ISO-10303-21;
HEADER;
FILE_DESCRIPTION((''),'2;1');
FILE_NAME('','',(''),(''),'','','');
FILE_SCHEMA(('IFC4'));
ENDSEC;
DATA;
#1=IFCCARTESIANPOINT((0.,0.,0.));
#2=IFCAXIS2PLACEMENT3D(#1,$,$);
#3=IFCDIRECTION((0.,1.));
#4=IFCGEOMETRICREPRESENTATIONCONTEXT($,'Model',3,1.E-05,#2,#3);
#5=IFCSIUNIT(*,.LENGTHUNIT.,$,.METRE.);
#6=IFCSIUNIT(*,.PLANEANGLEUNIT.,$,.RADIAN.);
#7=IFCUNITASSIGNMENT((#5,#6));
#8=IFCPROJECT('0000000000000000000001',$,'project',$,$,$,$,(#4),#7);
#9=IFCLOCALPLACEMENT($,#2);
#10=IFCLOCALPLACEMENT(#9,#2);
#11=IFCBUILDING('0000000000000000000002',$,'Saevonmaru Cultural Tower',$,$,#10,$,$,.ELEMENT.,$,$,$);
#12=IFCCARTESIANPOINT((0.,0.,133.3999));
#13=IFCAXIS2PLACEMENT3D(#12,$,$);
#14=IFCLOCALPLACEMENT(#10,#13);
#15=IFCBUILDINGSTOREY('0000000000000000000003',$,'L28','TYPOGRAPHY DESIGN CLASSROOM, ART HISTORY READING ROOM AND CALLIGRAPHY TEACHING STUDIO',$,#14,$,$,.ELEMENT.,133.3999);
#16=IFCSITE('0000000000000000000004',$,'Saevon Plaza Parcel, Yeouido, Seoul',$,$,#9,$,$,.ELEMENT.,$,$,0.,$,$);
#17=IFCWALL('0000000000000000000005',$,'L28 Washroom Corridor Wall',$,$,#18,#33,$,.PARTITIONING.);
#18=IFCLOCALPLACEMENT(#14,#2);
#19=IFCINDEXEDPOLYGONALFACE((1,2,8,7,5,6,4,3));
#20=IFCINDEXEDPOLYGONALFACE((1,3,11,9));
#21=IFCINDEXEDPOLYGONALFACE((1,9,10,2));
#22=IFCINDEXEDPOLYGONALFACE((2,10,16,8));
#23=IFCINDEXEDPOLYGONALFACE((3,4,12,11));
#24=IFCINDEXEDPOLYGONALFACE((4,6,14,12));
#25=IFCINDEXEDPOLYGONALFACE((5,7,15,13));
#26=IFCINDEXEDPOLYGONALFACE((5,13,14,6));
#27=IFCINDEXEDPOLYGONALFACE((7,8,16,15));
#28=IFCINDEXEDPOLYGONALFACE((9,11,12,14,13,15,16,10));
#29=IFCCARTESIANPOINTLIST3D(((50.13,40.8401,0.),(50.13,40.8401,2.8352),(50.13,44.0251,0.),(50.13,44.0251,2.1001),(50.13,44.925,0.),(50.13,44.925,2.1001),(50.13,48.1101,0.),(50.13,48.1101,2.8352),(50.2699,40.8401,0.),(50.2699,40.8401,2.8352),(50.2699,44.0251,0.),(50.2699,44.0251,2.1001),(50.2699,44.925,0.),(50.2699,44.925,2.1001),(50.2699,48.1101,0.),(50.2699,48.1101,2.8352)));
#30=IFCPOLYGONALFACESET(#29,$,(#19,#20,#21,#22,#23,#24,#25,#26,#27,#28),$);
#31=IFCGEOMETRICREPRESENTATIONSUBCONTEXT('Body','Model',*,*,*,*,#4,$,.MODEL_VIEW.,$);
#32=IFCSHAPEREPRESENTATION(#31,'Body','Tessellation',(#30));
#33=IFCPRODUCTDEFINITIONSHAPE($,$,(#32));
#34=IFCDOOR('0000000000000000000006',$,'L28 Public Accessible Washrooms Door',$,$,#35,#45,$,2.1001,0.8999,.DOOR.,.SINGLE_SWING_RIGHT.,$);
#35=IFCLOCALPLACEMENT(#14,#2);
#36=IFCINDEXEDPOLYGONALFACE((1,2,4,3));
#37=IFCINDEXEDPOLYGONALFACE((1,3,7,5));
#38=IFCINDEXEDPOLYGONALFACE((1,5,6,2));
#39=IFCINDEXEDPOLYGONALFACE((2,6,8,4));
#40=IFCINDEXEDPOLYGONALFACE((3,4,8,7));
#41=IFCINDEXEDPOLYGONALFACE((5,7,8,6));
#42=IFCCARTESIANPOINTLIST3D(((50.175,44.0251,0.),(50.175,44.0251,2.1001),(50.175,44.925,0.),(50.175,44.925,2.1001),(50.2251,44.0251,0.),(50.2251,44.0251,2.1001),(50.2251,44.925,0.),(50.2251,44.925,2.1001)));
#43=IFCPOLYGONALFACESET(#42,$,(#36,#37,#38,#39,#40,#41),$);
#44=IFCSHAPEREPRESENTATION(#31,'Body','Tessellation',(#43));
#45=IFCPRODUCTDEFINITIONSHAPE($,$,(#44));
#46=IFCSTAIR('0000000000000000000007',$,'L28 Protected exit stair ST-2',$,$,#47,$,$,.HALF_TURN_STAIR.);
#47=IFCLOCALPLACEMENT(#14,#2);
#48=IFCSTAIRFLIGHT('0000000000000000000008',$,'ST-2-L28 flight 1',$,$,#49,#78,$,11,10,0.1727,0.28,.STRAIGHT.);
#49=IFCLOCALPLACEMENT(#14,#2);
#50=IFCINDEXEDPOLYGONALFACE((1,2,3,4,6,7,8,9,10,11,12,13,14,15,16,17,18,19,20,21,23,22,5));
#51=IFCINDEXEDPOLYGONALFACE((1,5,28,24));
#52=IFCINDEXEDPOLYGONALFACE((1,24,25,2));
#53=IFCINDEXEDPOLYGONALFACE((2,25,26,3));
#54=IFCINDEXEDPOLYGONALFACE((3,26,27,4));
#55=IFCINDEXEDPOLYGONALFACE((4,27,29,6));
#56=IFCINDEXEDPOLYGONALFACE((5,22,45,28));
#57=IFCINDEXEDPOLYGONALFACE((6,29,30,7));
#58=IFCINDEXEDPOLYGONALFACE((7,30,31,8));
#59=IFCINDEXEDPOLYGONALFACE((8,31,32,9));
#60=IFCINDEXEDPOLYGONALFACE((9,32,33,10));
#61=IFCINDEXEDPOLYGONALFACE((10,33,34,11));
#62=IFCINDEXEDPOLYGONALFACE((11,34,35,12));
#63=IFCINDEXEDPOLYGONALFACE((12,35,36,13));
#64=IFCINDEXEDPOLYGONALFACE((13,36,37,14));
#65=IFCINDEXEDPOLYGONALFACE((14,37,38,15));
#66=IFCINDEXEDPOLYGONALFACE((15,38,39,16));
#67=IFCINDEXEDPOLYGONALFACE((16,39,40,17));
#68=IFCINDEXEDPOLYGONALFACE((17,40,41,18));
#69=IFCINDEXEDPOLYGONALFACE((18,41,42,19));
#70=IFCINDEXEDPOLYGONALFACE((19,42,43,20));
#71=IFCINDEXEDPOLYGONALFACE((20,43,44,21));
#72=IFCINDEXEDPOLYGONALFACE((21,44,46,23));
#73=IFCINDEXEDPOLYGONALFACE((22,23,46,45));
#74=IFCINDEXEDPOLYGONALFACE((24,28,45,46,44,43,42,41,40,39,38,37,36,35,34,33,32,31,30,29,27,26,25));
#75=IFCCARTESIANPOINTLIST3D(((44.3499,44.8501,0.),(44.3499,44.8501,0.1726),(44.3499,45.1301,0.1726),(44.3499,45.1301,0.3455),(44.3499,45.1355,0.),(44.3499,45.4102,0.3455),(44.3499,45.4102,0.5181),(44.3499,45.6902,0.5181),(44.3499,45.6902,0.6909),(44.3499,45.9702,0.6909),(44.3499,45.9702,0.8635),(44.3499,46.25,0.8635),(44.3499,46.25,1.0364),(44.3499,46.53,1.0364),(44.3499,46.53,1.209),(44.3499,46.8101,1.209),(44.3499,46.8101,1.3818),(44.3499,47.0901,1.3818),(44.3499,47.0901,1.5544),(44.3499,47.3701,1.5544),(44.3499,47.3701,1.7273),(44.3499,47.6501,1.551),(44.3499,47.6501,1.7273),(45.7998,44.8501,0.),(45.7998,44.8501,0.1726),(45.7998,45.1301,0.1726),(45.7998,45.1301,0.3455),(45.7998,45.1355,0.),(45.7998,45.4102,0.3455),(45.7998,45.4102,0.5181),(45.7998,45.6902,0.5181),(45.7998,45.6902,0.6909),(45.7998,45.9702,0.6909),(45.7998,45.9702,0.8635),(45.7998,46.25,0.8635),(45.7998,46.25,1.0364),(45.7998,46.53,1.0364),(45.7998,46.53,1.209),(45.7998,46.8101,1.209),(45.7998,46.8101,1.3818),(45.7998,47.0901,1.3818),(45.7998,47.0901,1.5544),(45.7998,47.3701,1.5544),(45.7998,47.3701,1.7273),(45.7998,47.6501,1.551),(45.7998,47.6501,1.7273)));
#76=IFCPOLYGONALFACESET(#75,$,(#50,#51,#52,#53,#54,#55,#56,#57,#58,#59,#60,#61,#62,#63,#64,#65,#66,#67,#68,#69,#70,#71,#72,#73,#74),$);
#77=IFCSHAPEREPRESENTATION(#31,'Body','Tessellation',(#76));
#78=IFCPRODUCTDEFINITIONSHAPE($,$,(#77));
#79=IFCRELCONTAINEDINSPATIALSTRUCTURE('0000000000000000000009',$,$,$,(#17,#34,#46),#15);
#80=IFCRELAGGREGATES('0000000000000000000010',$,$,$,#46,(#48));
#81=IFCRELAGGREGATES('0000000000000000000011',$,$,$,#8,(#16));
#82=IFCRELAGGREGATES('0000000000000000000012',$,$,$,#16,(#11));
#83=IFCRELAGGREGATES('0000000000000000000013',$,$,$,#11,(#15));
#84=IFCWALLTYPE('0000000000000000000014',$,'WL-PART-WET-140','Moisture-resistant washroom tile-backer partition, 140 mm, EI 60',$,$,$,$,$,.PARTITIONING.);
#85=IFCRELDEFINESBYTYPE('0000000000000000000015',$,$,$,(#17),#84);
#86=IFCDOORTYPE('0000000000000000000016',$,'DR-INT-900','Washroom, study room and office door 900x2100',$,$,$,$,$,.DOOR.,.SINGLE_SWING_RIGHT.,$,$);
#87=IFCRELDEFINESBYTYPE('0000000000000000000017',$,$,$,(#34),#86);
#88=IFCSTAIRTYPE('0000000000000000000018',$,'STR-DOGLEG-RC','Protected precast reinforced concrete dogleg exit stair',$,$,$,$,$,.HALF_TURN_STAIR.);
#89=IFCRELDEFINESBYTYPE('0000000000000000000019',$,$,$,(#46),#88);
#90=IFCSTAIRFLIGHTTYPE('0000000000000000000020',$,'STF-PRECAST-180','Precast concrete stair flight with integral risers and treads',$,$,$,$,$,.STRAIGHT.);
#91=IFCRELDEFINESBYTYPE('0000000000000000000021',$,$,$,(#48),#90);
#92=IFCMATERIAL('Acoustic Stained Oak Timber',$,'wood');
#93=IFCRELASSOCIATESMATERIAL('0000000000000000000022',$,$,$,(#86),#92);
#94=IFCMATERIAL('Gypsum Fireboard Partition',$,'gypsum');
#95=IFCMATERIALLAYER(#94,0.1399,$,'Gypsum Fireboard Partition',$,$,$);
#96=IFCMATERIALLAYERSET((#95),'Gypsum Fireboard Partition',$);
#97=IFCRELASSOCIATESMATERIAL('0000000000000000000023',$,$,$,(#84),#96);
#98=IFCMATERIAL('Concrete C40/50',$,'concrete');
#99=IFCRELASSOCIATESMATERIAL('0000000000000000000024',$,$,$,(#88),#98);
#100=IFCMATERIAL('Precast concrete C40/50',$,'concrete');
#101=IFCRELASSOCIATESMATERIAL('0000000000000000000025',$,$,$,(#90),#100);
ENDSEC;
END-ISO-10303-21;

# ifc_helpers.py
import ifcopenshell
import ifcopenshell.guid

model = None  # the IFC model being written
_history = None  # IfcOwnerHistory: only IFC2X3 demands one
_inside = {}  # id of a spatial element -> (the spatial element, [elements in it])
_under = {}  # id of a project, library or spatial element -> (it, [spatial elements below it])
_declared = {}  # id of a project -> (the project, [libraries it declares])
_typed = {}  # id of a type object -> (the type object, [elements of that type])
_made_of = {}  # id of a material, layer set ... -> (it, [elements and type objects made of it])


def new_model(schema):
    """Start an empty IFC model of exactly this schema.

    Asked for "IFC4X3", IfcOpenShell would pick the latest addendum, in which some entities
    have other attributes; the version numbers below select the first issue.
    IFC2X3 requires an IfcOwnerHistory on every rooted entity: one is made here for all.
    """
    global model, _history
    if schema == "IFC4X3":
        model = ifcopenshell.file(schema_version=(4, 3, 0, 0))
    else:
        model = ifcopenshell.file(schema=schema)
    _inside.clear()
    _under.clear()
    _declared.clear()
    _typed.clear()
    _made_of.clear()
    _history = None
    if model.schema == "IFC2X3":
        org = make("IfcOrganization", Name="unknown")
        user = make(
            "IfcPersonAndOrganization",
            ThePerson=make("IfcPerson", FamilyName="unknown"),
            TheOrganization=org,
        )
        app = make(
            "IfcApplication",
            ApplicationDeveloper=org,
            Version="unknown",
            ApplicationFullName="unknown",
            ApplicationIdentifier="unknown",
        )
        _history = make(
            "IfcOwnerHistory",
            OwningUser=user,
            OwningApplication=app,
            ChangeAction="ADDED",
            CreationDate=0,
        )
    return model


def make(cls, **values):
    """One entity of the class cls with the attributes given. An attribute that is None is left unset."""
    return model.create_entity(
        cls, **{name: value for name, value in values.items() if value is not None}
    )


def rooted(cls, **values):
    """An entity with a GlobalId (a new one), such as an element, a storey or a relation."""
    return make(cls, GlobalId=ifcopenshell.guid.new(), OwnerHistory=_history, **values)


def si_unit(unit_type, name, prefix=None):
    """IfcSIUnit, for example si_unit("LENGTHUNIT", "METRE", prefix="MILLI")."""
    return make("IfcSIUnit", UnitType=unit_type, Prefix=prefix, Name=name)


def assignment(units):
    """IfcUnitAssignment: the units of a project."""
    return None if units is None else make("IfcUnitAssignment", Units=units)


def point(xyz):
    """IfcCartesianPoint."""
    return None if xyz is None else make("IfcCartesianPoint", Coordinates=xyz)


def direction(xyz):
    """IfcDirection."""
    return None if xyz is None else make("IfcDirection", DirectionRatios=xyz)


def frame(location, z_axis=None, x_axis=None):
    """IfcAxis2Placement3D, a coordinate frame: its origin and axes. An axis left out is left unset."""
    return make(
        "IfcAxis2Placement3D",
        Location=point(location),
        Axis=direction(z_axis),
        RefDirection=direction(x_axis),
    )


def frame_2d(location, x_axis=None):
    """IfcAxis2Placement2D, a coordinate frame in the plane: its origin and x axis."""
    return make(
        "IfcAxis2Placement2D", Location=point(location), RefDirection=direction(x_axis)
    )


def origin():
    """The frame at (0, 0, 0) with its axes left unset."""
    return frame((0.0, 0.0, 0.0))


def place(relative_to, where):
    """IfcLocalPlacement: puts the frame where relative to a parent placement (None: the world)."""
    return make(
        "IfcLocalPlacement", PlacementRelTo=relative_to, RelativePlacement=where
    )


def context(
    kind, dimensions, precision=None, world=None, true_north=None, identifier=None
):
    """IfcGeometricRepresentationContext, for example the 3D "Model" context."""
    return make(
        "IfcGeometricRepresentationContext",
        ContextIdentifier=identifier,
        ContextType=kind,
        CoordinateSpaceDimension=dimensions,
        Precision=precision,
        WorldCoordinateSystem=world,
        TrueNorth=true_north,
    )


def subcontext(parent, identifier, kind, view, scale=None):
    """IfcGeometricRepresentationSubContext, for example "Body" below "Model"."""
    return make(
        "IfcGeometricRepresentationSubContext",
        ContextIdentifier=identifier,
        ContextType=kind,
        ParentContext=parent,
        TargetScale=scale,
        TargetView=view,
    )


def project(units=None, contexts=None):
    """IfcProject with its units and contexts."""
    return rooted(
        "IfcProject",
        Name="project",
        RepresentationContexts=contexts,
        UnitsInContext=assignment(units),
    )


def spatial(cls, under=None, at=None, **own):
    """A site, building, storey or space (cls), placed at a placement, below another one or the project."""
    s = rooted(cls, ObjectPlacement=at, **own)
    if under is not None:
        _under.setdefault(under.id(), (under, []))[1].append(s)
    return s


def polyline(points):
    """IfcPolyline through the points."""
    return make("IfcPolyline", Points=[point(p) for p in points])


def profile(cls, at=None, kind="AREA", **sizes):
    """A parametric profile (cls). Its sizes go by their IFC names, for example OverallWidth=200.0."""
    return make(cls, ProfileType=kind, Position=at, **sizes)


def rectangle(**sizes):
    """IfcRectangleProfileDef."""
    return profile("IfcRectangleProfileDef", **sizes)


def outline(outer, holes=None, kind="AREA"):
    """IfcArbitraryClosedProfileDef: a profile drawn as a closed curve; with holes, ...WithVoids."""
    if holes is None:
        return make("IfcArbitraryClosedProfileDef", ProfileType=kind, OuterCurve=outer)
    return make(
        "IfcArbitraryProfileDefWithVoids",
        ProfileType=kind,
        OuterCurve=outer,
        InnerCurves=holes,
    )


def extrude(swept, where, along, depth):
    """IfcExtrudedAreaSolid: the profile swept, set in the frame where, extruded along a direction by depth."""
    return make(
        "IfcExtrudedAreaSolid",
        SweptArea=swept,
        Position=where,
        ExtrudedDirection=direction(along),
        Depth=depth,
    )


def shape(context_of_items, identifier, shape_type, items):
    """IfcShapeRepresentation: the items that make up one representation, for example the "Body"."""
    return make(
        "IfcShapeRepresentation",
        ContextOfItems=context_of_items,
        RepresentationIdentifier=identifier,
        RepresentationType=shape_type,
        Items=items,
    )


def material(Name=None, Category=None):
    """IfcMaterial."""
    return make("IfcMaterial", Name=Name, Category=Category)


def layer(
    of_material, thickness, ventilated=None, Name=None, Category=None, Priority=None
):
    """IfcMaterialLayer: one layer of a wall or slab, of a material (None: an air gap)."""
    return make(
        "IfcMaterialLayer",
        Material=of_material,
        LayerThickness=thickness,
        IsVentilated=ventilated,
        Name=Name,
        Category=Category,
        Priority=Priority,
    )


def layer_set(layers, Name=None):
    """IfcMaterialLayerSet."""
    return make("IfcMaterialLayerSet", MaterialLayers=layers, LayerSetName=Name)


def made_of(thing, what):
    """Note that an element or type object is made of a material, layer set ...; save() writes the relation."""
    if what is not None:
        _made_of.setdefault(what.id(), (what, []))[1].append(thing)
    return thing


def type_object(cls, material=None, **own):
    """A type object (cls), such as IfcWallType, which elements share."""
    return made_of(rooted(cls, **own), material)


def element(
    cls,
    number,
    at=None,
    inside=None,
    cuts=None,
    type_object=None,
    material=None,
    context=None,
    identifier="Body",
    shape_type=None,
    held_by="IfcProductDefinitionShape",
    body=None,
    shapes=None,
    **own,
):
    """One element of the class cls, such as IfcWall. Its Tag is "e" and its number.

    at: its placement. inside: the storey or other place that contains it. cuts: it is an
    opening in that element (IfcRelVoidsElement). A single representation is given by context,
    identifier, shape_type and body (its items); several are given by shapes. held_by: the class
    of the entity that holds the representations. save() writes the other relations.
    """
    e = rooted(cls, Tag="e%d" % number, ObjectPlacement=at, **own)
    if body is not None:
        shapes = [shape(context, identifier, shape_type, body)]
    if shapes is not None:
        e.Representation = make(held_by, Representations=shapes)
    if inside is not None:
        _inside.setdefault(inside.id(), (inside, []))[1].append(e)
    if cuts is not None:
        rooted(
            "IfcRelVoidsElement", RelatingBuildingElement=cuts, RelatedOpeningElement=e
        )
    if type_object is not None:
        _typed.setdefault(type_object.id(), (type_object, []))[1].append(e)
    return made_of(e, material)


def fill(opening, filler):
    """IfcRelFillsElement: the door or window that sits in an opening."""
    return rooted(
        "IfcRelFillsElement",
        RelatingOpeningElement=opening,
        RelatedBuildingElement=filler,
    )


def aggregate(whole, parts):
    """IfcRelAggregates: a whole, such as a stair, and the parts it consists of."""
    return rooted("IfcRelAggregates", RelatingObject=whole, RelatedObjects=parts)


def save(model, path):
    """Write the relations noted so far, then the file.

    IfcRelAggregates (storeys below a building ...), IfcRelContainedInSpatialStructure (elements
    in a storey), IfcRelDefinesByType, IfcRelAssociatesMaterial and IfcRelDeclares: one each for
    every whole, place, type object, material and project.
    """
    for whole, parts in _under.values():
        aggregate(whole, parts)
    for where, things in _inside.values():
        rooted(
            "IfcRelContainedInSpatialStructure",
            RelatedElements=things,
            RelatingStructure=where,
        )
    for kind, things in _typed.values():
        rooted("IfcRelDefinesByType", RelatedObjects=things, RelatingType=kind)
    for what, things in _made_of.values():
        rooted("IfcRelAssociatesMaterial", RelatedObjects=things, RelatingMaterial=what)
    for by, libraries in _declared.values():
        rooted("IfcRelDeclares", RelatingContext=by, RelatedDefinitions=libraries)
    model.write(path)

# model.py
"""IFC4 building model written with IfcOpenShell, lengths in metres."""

from ifc_helpers import new_model, si_unit, direction, frame, frame_2d, origin, place, context, subcontext, project, spatial, polyline, rectangle, outline, extrude, material, layer, layer_set, type_object, element, fill, aggregate, save


model = new_model("IFC4")

# Units and contexts
model_context = context("Model", 3, precision=1e-05, world=origin(), true_north=direction((0.0, 1.0)))
body_context = subcontext(model_context, "Body", "Model", "MODEL_VIEW")
ifc_project = project(units=[si_unit("LENGTHUNIT", "METRE"), si_unit("PLANEANGLEUNIT", "RADIAN")], contexts=[model_context])

# Site, building, storey
site_placement = place(None, origin())
site = spatial("IfcSite", under=ifc_project, at=site_placement, Name="Saevon Plaza Parcel, Yeouido, Seoul", CompositionType="ELEMENT", RefElevation=0.0)
building_placement = place(site_placement, origin())
building = spatial("IfcBuilding", under=site, at=building_placement, Name="Saevonmaru Cultural Tower", CompositionType="ELEMENT")
storey_placement = place(building_placement, frame((0.0, 0.0, 133.3999)))
storey = spatial("IfcBuildingStorey", under=building, at=storey_placement, Name="L28", Description="TYPOGRAPHY DESIGN CLASSROOM, ART HISTORY READING ROOM AND CALLIGRAPHY TEACHING STUDIO", CompositionType="ELEMENT", Elevation=133.3999)

# Shared definitions
ifc_material_1 = material(Name="Gypsum Fireboard Partition", Category="gypsum")
ifc_material_2 = material(Name="Acoustic Stained Oak Timber", Category="wood")
door_type_1 = type_object("IfcDoorType", Name="DR-INT-900", Description="Washroom, study room and office door 900x2100", OperationType="SINGLE_SWING_RIGHT", PredefinedType="DOOR", material=ifc_material_2)

# Shared definitions
ifc_layer_1 = layer(ifc_material_1, 0.1399, Name="Gypsum Fireboard Partition")
ifc_layer_set_1 = layer_set([ifc_layer_1], Name="Gypsum Fireboard Partition")
wall_type_1 = type_object("IfcWallType", Name="WL-PART-WET-140", Description="Moisture-resistant washroom tile-backer partition, 140 mm, EI 60", PredefinedType="PARTITIONING", material=ifc_layer_set_1)

# Wall, opening, door
wall_1_placement = place(storey_placement, frame((50.2, 40.8401, 0.0), z_axis=(0.0, 0.0, 1.0), x_axis=(0.0, 1.0, 0.0)))
wall_1 = element("IfcWall", 1, at=wall_1_placement, inside=storey, type_object=wall_type_1, Name="L28 Washroom Corridor Wall", PredefinedType="PARTITIONING", context=body_context, shape_type="SweptSolid", body=[
    extrude(rectangle(XDim=7.27, YDim=0.1399, at=frame_2d((3.635, 0.0))), origin(), (0.0, 0.0, 1.0), 2.8352),
])
opening_1_placement = place(wall_1_placement, frame((3.1851, 0.0, 0.0)))
opening_1 = element("IfcOpeningElement", 2, at=opening_1_placement, cuts=wall_1, PredefinedType="OPENING", context=body_context, shape_type="SweptSolid", body=[
    extrude(rectangle(XDim=0.8999, YDim=2.1001, at=frame_2d((0.45, 1.05))), frame((0.0, 0.0801, 0.0), z_axis=(0.0, -1.0, 0.0), x_axis=(1.0, 0.0, 0.0)), (0.0, 0.0, 1.0), 0.1599),
])
door_1_placement = place(opening_1_placement, origin())
door_1 = element("IfcDoor", 3, at=door_1_placement, inside=storey, type_object=door_type_1, Name="L28 Public Accessible Washrooms Door", OperationType="SINGLE_SWING_RIGHT", OverallHeight=2.1001, OverallWidth=0.8999, PredefinedType="DOOR", context=body_context, shape_type="SweptSolid", body=[
    extrude(rectangle(XDim=0.8999, YDim=2.1001, at=frame_2d((0.45, 1.05))), frame((0.0, 0.0249, 0.0), z_axis=(0.0, -1.0, 0.0), x_axis=(1.0, 0.0, 0.0)), (0.0, 0.0, 1.0), 0.05),
])
fill(opening_1, door_1)

# Stair, stair flight
ifc_material_3 = material(Name="Concrete C40/50", Category="concrete")
stair_type = type_object("IfcStairType", Name="STR-DOGLEG-RC", Description="Protected precast reinforced concrete dogleg exit stair", PredefinedType="HALF_TURN_STAIR", material=ifc_material_3)
stair_placement = place(storey_placement, origin())
stair = element("IfcStair", 4, at=stair_placement, inside=storey, type_object=stair_type, Name="L28 Protected exit stair ST-2", PredefinedType="HALF_TURN_STAIR")
ifc_material_4 = material(Name="Precast concrete C40/50", Category="concrete")
stair_flight_type = type_object("IfcStairFlightType", Name="STF-PRECAST-180", Description="Precast concrete stair flight with integral risers and treads", PredefinedType="STRAIGHT", material=ifc_material_4)
stair_flight_placement = place(storey_placement, frame((45.075, 44.8501, 0.0), z_axis=(0.0, 0.0, 1.0), x_axis=(0.0, 1.0, 0.0)))
stair_flight = element("IfcStairFlight", 5, at=stair_flight_placement, type_object=stair_flight_type, Name="ST-2-L28 flight 1", NumberOfRisers=11, NumberOfTreads=10, PredefinedType="STRAIGHT", RiserHeight=0.1727, TreadLength=0.28, context=body_context, shape_type="SweptSolid", body=[
    extrude(outline(polyline([(0.0, 0.0), (0.0, 0.1726), (0.28, 0.1726), (0.28, 0.3455), (0.5601, 0.3455), (0.5601, 0.5181), (0.8401, 0.5181), (0.8401, 0.6909), (1.1201, 0.6909), (1.1201, 0.8635), (1.3999, 0.8635), (1.3999, 1.0364), (1.6799, 1.0364), (1.6799, 1.209), (1.96, 1.209), (1.96, 1.3818), (2.24, 1.3818), (2.24, 1.5544), (2.52, 1.5544), (2.52, 1.7273), (2.8, 1.7273), (2.8, 1.8999), (2.8, 1.551), (0.2854, 0.0), (0.0, 0.0)])), frame((0.0, 0.7251, 0.0), z_axis=(0.0, -1.0, 0.0), x_axis=(1.0, 0.0, 0.0)), (0.0, 0.0, 1.0), 1.45),
])
aggregate(stair, [stair_flight])

save(model, "model.ifc")
